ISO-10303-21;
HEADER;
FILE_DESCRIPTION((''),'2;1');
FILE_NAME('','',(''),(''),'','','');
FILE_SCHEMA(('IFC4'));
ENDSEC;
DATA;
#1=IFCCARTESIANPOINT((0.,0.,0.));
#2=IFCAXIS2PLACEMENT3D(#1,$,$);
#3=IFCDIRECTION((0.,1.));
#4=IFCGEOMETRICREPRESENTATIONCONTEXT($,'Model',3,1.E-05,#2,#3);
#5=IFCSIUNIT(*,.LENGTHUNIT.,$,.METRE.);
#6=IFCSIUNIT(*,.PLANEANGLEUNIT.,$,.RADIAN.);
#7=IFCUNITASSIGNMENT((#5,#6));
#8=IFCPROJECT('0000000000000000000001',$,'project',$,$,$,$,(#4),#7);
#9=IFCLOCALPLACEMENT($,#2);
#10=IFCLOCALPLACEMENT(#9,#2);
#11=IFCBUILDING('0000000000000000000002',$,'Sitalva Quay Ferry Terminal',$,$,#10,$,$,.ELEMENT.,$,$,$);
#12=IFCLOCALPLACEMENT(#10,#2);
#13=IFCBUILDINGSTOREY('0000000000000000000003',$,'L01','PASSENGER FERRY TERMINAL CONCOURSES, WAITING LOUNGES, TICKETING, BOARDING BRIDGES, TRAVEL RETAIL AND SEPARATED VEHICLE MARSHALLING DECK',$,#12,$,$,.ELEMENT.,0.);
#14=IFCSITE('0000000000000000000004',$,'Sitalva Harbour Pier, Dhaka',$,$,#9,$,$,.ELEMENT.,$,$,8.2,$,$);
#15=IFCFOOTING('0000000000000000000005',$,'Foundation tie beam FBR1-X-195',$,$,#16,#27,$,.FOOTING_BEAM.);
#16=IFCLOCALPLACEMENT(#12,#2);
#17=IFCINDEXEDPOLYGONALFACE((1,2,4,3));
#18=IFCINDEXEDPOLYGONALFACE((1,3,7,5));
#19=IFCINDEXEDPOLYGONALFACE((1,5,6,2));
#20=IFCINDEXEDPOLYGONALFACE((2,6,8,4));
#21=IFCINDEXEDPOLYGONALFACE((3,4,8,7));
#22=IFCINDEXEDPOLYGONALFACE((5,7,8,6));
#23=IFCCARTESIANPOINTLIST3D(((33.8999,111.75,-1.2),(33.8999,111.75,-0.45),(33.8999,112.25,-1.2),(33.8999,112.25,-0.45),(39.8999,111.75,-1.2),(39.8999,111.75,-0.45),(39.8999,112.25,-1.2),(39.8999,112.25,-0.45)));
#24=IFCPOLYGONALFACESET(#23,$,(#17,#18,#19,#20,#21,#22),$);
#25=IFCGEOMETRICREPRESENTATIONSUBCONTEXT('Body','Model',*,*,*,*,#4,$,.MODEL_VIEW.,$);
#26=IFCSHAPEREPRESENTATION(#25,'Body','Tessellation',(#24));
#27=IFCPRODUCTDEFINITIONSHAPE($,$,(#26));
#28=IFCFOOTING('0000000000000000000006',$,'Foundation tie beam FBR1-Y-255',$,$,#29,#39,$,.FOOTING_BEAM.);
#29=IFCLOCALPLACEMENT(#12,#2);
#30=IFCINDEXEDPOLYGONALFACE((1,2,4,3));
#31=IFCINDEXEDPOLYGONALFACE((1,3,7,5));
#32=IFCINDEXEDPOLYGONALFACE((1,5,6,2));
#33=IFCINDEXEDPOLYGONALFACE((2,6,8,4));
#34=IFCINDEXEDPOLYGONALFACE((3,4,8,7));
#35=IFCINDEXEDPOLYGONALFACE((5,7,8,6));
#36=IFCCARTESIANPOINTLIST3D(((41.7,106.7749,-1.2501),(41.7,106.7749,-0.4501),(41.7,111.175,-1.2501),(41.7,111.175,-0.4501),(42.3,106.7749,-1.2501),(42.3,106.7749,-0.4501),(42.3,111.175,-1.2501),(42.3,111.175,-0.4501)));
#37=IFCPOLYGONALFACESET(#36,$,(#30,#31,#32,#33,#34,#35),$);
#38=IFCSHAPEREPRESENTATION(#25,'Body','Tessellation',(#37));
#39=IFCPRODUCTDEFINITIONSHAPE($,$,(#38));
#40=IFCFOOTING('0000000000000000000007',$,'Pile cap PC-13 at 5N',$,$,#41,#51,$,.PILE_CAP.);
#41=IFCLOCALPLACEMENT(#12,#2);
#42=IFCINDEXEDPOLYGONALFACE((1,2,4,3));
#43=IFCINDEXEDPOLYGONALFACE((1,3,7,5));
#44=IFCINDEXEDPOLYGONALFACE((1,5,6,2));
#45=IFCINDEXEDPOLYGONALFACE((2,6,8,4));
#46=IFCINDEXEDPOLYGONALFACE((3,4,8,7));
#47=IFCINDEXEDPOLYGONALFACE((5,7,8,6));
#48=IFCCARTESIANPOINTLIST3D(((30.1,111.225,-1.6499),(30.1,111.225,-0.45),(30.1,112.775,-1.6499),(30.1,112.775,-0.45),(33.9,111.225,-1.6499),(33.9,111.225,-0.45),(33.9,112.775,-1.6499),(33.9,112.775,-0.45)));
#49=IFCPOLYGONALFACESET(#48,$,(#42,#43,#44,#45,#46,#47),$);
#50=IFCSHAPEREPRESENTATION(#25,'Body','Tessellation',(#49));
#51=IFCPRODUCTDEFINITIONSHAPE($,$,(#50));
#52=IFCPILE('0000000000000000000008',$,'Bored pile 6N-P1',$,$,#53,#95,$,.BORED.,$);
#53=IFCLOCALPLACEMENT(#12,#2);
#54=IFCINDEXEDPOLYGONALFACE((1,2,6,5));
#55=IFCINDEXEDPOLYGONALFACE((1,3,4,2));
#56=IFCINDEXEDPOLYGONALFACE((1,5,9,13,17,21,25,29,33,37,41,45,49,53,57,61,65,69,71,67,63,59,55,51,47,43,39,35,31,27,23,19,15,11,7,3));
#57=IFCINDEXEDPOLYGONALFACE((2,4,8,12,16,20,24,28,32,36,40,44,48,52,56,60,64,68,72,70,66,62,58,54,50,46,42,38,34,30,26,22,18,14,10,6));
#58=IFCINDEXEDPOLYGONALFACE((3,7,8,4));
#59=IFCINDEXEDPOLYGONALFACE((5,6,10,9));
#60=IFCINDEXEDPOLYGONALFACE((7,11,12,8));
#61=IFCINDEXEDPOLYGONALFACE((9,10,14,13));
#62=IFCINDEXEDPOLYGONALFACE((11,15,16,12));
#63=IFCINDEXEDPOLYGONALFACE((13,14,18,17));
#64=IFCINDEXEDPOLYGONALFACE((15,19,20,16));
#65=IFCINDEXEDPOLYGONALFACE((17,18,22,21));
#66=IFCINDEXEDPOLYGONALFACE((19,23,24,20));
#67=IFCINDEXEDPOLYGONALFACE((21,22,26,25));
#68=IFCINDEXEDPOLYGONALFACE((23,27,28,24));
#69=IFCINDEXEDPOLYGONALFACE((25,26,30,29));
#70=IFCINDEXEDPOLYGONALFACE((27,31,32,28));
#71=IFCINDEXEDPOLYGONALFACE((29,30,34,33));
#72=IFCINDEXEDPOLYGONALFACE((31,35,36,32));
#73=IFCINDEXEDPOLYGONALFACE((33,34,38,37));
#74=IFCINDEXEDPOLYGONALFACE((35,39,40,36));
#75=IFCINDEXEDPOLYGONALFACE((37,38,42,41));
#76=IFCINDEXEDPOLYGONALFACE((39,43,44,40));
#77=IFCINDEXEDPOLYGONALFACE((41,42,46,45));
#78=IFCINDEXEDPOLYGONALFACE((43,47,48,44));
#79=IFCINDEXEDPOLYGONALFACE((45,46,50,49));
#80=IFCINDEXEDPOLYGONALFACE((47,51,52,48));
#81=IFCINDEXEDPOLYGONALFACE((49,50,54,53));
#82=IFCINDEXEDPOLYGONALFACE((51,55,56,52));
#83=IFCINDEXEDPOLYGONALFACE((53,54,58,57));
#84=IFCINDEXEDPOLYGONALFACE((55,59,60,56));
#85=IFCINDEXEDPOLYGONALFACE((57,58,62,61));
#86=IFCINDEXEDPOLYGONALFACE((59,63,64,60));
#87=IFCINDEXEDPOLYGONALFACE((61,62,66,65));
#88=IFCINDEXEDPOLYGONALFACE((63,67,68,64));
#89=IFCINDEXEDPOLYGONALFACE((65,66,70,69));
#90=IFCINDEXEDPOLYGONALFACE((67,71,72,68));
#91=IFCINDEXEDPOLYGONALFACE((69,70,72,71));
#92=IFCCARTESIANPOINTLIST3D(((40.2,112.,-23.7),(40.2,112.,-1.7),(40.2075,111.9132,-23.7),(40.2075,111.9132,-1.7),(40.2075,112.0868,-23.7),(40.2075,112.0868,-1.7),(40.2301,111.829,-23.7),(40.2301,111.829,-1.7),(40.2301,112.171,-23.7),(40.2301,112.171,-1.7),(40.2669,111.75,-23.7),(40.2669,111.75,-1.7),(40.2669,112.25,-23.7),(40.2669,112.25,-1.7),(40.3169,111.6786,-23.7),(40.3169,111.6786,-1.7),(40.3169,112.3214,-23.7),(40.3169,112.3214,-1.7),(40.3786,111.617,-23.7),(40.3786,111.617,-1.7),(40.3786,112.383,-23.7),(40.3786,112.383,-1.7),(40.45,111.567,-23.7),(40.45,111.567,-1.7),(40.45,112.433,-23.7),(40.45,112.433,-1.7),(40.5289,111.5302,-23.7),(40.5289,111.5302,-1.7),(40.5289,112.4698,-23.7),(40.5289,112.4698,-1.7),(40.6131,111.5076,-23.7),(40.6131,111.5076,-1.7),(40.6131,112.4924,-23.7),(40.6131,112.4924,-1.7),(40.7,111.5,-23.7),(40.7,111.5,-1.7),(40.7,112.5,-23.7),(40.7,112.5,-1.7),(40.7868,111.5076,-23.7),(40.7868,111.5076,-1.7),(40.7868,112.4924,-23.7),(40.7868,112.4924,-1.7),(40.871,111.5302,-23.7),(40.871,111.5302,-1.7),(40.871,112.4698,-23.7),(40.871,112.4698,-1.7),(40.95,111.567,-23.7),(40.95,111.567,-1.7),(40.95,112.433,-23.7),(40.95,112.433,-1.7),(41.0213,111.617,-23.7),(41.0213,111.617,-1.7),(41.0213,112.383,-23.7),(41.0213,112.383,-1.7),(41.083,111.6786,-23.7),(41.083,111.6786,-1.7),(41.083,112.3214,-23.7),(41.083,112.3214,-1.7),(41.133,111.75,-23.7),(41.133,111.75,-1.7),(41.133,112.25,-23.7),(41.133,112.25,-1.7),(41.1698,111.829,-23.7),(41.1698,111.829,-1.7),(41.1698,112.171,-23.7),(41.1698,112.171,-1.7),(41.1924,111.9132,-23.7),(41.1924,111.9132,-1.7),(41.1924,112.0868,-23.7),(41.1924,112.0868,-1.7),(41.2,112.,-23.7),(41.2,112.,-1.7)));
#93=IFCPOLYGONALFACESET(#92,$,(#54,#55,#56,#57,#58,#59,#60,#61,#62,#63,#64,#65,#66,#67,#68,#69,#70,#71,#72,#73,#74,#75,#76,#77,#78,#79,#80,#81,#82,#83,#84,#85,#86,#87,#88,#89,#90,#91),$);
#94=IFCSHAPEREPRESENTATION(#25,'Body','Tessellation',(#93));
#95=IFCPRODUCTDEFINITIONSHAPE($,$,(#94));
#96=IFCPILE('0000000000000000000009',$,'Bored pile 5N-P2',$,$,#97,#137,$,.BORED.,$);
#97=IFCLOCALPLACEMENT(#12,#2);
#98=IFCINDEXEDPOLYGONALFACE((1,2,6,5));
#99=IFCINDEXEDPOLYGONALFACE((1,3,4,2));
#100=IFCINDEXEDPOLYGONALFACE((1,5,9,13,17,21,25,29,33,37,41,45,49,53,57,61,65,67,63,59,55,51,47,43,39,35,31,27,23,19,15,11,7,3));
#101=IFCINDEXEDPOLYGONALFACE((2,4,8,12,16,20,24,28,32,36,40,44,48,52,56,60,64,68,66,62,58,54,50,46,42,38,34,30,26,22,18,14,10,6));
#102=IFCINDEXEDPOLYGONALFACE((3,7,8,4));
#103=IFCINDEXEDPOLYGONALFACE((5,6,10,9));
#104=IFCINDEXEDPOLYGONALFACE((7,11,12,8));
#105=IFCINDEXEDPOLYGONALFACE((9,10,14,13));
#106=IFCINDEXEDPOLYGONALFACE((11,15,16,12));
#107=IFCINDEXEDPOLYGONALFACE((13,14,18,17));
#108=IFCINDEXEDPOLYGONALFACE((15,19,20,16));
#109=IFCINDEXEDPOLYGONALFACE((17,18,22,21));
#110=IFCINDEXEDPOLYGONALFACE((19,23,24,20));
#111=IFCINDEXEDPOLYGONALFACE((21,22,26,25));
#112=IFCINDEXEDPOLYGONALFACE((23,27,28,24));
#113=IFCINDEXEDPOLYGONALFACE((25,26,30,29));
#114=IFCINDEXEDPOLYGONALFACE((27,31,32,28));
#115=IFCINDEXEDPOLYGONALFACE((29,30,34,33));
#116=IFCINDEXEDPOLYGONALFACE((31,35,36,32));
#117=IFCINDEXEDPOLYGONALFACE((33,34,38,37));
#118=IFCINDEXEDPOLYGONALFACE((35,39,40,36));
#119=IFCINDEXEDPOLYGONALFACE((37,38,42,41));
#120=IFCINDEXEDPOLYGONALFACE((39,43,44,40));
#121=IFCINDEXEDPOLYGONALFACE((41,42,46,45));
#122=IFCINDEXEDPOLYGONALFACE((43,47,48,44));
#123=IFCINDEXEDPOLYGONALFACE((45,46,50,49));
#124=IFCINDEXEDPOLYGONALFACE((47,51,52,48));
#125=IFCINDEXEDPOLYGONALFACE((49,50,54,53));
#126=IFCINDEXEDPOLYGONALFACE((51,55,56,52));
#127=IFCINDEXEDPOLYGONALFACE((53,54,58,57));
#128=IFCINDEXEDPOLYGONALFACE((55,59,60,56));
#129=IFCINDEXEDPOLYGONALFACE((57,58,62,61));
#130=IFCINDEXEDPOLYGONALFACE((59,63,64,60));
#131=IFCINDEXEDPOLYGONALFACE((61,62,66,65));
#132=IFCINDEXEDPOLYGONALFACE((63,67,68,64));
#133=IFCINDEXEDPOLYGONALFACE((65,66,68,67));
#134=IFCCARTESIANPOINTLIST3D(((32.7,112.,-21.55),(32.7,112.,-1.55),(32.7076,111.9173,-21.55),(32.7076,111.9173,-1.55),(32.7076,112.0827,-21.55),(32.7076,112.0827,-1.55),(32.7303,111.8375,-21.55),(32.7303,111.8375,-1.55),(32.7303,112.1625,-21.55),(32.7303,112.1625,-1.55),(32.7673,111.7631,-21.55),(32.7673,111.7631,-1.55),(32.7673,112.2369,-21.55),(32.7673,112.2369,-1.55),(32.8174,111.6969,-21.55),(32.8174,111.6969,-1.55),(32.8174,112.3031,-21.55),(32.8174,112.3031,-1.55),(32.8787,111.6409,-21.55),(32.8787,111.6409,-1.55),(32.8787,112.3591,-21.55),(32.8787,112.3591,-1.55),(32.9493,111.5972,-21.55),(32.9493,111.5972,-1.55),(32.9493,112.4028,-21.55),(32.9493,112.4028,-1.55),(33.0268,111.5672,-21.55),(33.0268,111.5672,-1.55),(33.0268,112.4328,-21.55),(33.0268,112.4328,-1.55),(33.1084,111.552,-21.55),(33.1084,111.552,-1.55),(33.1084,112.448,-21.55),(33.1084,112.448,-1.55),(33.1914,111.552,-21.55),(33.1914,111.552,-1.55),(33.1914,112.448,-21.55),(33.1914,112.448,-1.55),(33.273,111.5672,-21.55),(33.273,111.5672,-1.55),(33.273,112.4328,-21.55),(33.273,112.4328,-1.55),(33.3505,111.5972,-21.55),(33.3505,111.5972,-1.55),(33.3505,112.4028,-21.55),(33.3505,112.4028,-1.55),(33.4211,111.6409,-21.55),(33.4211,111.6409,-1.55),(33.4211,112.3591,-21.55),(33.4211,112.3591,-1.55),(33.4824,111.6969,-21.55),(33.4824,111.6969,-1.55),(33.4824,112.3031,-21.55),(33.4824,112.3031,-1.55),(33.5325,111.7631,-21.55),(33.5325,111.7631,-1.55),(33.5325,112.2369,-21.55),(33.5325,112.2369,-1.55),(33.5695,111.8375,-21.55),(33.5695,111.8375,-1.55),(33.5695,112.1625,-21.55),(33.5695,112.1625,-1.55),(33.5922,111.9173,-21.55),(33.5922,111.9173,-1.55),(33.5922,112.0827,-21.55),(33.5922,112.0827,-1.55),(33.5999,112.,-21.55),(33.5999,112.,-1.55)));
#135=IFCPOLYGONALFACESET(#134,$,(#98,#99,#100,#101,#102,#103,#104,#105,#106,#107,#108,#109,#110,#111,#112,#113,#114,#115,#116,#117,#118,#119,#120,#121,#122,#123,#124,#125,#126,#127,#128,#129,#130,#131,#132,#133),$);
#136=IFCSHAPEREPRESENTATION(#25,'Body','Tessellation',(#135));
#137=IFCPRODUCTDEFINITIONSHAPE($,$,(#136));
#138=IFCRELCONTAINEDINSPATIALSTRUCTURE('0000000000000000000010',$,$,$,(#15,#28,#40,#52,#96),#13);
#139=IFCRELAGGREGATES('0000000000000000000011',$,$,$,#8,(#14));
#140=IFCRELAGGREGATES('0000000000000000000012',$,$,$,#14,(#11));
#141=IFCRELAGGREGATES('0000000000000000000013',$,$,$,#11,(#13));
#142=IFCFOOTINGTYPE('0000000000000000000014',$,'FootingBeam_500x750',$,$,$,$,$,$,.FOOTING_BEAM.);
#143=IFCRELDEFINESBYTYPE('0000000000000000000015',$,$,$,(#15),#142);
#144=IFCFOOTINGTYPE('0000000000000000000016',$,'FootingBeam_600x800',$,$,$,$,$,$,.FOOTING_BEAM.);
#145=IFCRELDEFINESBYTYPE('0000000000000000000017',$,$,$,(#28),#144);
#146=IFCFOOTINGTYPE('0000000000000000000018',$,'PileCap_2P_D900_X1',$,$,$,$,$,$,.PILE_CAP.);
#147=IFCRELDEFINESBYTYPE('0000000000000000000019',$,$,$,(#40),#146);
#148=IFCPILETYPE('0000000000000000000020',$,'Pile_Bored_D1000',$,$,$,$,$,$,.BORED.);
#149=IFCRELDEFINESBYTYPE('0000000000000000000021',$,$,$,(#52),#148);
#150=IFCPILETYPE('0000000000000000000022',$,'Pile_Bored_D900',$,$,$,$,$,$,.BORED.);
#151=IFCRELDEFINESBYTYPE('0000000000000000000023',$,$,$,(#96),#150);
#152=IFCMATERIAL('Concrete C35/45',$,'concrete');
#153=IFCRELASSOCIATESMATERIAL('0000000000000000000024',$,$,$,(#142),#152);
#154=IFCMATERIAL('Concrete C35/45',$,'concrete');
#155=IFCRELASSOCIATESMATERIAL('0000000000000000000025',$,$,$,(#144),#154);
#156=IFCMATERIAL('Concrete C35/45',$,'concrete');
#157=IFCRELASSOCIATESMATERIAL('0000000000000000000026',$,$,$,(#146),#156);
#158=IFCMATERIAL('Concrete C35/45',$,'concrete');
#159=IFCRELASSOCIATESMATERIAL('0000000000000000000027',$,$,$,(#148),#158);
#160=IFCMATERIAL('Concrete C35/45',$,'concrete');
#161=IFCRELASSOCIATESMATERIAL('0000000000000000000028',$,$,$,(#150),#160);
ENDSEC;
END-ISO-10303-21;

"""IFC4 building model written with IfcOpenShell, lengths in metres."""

from ifc_helpers import new_model, si_unit, direction, frame, origin, origin_2d, place, context, subcontext, project, spatial, rectangle, circle, extrude, material, material_profile, profile_set, type_object, element, save


model = new_model("IFC4")

# Units and contexts
model_context = context("Model", 3, precision=1e-05, world=origin(), true_north=direction((0.0, 1.0)))
body_context = subcontext(model_context, "Body", "Model", "MODEL_VIEW")
ifc_project = project(units=[si_unit("LENGTHUNIT", "METRE"), si_unit("PLANEANGLEUNIT", "RADIAN")], contexts=[model_context])

# Site, building, storey
site_placement = place(None, origin())
site = spatial("IfcSite", under=ifc_project, at=site_placement, Name="Sitalva Harbour Pier, Dhaka", CompositionType="ELEMENT", RefElevation=8.2)
building_placement = place(site_placement, origin())
building = spatial("IfcBuilding", under=site, at=building_placement, Name="Sitalva Quay Ferry Terminal", CompositionType="ELEMENT")
storey_placement = place(building_placement, origin())
storey = spatial("IfcBuildingStorey", under=building, at=storey_placement, Name="L01", Description="PASSENGER FERRY TERMINAL CONCOURSES, WAITING LOUNGES, TICKETING, BOARDING BRIDGES, TRAVEL RETAIL AND SEPARATED VEHICLE MARSHALLING DECK", CompositionType="ELEMENT", Elevation=0.0)

# Footings
ifc_material_1 = material(Name="Concrete C35/45", Category="concrete")
ifc_material_profile_1 = material_profile(ifc_material_1, rectangle(XDim=0.5, YDim=0.75, at=origin_2d()), Name="RC500x750")
ifc_profile_set_1 = profile_set([ifc_material_profile_1], Name="Concrete C35/45")
footing_type_1 = type_object("IfcFootingType", Name="FootingBeam_500x750", PredefinedType="FOOTING_BEAM", material=ifc_profile_set_1)
footing_1_placement = place(storey_placement, frame((33.8999, 112.0, -0.825), z_axis=(1.0, 0.0, 0.0), x_axis=(0.0, 1.0, 0.0)))
element("IfcFooting", 1, at=footing_1_placement, inside=storey, type_object=footing_type_1, Name="Foundation tie beam FBR1-X-195", PredefinedType="FOOTING_BEAM", context=body_context, shape_type="SweptSolid", body=[
    extrude(rectangle(XDim=0.5, YDim=0.75, at=origin_2d()), origin(), (0.0, 0.0, 1.0), 6.0),
])
ifc_material_2 = material(Name="Concrete C35/45", Category="concrete")
ifc_material_profile_2 = material_profile(ifc_material_2, rectangle(XDim=0.6001, YDim=0.8, at=origin_2d()), Name="RC600x800")
ifc_profile_set_2 = profile_set([ifc_material_profile_2], Name="Concrete C35/45")
footing_type_2 = type_object("IfcFootingType", Name="FootingBeam_600x800", PredefinedType="FOOTING_BEAM", material=ifc_profile_set_2)
footing_2_placement = place(storey_placement, frame((42.0, 106.7749, -0.8501), z_axis=(0.0, 1.0, 0.0), x_axis=(-1.0, 0.0, 0.0)))
element("IfcFooting", 2, at=footing_2_placement, inside=storey, type_object=footing_type_2, Name="Foundation tie beam FBR1-Y-255", PredefinedType="FOOTING_BEAM", context=body_context, shape_type="SweptSolid", body=[
    extrude(rectangle(XDim=0.6001, YDim=0.8, at=origin_2d()), origin(), (0.0, 0.0, 1.0), 4.4001),
])
ifc_material_3 = material(Name="Concrete C35/45", Category="concrete")
footing_type_3 = type_object("IfcFootingType", Name="PileCap_2P_D900_X1", PredefinedType="PILE_CAP", material=ifc_material_3)
footing_3_placement = place(storey_placement, frame((32.0, 112.0, -1.6499), z_axis=(0.0, 0.0, 1.0), x_axis=(1.0, 0.0, 0.0)))
element("IfcFooting", 3, at=footing_3_placement, inside=storey, type_object=footing_type_3, Name="Pile cap PC-13 at 5N", PredefinedType="PILE_CAP", context=body_context, shape_type="SweptSolid", body=[
    extrude(rectangle(XDim=3.8, YDim=1.55, at=origin_2d()), origin(), (0.0, 0.0, 1.0), 1.2),
])

# Piles
ifc_material_4 = material(Name="Concrete C35/45", Category="concrete")
ifc_material_profile_3 = material_profile(ifc_material_4, circle(Radius=0.5, at=origin_2d()), Name="PILE-D1000")
ifc_profile_set_3 = profile_set([ifc_material_profile_3], Name="Concrete C35/45")
pile_type_1 = type_object("IfcPileType", Name="Pile_Bored_D1000", PredefinedType="BORED", material=ifc_profile_set_3)
pile_1_placement = place(storey_placement, frame((40.7, 112.0, -1.7), z_axis=(0.0, 0.0, -1.0), x_axis=(1.0, 0.0, 0.0)))
element("IfcPile", 4, at=pile_1_placement, inside=storey, type_object=pile_type_1, Name="Bored pile 6N-P1", PredefinedType="BORED", context=body_context, shape_type="SweptSolid", body=[
    extrude(circle(Radius=0.5, at=origin_2d()), origin(), (0.0, 0.0, 1.0), 22.0),
])
ifc_material_5 = material(Name="Concrete C35/45", Category="concrete")
ifc_material_profile_4 = material_profile(ifc_material_5, circle(Radius=0.45, at=origin_2d()), Name="PILE-D900")
ifc_profile_set_4 = profile_set([ifc_material_profile_4], Name="Concrete C35/45")
pile_type_2 = type_object("IfcPileType", Name="Pile_Bored_D900", PredefinedType="BORED", material=ifc_profile_set_4)
pile_2_placement = place(storey_placement, frame((33.1499, 112.0, -1.55), z_axis=(0.0, 0.0, -1.0), x_axis=(1.0, 0.0, 0.0)))
element("IfcPile", 5, at=pile_2_placement, inside=storey, type_object=pile_type_2, Name="Bored pile 5N-P2", PredefinedType="BORED", context=body_context, shape_type="SweptSolid", body=[
    extrude(circle(Radius=0.45, at=origin_2d()), origin(), (0.0, 0.0, 1.0), 20.0),
])

save(model, "model.ifc")
